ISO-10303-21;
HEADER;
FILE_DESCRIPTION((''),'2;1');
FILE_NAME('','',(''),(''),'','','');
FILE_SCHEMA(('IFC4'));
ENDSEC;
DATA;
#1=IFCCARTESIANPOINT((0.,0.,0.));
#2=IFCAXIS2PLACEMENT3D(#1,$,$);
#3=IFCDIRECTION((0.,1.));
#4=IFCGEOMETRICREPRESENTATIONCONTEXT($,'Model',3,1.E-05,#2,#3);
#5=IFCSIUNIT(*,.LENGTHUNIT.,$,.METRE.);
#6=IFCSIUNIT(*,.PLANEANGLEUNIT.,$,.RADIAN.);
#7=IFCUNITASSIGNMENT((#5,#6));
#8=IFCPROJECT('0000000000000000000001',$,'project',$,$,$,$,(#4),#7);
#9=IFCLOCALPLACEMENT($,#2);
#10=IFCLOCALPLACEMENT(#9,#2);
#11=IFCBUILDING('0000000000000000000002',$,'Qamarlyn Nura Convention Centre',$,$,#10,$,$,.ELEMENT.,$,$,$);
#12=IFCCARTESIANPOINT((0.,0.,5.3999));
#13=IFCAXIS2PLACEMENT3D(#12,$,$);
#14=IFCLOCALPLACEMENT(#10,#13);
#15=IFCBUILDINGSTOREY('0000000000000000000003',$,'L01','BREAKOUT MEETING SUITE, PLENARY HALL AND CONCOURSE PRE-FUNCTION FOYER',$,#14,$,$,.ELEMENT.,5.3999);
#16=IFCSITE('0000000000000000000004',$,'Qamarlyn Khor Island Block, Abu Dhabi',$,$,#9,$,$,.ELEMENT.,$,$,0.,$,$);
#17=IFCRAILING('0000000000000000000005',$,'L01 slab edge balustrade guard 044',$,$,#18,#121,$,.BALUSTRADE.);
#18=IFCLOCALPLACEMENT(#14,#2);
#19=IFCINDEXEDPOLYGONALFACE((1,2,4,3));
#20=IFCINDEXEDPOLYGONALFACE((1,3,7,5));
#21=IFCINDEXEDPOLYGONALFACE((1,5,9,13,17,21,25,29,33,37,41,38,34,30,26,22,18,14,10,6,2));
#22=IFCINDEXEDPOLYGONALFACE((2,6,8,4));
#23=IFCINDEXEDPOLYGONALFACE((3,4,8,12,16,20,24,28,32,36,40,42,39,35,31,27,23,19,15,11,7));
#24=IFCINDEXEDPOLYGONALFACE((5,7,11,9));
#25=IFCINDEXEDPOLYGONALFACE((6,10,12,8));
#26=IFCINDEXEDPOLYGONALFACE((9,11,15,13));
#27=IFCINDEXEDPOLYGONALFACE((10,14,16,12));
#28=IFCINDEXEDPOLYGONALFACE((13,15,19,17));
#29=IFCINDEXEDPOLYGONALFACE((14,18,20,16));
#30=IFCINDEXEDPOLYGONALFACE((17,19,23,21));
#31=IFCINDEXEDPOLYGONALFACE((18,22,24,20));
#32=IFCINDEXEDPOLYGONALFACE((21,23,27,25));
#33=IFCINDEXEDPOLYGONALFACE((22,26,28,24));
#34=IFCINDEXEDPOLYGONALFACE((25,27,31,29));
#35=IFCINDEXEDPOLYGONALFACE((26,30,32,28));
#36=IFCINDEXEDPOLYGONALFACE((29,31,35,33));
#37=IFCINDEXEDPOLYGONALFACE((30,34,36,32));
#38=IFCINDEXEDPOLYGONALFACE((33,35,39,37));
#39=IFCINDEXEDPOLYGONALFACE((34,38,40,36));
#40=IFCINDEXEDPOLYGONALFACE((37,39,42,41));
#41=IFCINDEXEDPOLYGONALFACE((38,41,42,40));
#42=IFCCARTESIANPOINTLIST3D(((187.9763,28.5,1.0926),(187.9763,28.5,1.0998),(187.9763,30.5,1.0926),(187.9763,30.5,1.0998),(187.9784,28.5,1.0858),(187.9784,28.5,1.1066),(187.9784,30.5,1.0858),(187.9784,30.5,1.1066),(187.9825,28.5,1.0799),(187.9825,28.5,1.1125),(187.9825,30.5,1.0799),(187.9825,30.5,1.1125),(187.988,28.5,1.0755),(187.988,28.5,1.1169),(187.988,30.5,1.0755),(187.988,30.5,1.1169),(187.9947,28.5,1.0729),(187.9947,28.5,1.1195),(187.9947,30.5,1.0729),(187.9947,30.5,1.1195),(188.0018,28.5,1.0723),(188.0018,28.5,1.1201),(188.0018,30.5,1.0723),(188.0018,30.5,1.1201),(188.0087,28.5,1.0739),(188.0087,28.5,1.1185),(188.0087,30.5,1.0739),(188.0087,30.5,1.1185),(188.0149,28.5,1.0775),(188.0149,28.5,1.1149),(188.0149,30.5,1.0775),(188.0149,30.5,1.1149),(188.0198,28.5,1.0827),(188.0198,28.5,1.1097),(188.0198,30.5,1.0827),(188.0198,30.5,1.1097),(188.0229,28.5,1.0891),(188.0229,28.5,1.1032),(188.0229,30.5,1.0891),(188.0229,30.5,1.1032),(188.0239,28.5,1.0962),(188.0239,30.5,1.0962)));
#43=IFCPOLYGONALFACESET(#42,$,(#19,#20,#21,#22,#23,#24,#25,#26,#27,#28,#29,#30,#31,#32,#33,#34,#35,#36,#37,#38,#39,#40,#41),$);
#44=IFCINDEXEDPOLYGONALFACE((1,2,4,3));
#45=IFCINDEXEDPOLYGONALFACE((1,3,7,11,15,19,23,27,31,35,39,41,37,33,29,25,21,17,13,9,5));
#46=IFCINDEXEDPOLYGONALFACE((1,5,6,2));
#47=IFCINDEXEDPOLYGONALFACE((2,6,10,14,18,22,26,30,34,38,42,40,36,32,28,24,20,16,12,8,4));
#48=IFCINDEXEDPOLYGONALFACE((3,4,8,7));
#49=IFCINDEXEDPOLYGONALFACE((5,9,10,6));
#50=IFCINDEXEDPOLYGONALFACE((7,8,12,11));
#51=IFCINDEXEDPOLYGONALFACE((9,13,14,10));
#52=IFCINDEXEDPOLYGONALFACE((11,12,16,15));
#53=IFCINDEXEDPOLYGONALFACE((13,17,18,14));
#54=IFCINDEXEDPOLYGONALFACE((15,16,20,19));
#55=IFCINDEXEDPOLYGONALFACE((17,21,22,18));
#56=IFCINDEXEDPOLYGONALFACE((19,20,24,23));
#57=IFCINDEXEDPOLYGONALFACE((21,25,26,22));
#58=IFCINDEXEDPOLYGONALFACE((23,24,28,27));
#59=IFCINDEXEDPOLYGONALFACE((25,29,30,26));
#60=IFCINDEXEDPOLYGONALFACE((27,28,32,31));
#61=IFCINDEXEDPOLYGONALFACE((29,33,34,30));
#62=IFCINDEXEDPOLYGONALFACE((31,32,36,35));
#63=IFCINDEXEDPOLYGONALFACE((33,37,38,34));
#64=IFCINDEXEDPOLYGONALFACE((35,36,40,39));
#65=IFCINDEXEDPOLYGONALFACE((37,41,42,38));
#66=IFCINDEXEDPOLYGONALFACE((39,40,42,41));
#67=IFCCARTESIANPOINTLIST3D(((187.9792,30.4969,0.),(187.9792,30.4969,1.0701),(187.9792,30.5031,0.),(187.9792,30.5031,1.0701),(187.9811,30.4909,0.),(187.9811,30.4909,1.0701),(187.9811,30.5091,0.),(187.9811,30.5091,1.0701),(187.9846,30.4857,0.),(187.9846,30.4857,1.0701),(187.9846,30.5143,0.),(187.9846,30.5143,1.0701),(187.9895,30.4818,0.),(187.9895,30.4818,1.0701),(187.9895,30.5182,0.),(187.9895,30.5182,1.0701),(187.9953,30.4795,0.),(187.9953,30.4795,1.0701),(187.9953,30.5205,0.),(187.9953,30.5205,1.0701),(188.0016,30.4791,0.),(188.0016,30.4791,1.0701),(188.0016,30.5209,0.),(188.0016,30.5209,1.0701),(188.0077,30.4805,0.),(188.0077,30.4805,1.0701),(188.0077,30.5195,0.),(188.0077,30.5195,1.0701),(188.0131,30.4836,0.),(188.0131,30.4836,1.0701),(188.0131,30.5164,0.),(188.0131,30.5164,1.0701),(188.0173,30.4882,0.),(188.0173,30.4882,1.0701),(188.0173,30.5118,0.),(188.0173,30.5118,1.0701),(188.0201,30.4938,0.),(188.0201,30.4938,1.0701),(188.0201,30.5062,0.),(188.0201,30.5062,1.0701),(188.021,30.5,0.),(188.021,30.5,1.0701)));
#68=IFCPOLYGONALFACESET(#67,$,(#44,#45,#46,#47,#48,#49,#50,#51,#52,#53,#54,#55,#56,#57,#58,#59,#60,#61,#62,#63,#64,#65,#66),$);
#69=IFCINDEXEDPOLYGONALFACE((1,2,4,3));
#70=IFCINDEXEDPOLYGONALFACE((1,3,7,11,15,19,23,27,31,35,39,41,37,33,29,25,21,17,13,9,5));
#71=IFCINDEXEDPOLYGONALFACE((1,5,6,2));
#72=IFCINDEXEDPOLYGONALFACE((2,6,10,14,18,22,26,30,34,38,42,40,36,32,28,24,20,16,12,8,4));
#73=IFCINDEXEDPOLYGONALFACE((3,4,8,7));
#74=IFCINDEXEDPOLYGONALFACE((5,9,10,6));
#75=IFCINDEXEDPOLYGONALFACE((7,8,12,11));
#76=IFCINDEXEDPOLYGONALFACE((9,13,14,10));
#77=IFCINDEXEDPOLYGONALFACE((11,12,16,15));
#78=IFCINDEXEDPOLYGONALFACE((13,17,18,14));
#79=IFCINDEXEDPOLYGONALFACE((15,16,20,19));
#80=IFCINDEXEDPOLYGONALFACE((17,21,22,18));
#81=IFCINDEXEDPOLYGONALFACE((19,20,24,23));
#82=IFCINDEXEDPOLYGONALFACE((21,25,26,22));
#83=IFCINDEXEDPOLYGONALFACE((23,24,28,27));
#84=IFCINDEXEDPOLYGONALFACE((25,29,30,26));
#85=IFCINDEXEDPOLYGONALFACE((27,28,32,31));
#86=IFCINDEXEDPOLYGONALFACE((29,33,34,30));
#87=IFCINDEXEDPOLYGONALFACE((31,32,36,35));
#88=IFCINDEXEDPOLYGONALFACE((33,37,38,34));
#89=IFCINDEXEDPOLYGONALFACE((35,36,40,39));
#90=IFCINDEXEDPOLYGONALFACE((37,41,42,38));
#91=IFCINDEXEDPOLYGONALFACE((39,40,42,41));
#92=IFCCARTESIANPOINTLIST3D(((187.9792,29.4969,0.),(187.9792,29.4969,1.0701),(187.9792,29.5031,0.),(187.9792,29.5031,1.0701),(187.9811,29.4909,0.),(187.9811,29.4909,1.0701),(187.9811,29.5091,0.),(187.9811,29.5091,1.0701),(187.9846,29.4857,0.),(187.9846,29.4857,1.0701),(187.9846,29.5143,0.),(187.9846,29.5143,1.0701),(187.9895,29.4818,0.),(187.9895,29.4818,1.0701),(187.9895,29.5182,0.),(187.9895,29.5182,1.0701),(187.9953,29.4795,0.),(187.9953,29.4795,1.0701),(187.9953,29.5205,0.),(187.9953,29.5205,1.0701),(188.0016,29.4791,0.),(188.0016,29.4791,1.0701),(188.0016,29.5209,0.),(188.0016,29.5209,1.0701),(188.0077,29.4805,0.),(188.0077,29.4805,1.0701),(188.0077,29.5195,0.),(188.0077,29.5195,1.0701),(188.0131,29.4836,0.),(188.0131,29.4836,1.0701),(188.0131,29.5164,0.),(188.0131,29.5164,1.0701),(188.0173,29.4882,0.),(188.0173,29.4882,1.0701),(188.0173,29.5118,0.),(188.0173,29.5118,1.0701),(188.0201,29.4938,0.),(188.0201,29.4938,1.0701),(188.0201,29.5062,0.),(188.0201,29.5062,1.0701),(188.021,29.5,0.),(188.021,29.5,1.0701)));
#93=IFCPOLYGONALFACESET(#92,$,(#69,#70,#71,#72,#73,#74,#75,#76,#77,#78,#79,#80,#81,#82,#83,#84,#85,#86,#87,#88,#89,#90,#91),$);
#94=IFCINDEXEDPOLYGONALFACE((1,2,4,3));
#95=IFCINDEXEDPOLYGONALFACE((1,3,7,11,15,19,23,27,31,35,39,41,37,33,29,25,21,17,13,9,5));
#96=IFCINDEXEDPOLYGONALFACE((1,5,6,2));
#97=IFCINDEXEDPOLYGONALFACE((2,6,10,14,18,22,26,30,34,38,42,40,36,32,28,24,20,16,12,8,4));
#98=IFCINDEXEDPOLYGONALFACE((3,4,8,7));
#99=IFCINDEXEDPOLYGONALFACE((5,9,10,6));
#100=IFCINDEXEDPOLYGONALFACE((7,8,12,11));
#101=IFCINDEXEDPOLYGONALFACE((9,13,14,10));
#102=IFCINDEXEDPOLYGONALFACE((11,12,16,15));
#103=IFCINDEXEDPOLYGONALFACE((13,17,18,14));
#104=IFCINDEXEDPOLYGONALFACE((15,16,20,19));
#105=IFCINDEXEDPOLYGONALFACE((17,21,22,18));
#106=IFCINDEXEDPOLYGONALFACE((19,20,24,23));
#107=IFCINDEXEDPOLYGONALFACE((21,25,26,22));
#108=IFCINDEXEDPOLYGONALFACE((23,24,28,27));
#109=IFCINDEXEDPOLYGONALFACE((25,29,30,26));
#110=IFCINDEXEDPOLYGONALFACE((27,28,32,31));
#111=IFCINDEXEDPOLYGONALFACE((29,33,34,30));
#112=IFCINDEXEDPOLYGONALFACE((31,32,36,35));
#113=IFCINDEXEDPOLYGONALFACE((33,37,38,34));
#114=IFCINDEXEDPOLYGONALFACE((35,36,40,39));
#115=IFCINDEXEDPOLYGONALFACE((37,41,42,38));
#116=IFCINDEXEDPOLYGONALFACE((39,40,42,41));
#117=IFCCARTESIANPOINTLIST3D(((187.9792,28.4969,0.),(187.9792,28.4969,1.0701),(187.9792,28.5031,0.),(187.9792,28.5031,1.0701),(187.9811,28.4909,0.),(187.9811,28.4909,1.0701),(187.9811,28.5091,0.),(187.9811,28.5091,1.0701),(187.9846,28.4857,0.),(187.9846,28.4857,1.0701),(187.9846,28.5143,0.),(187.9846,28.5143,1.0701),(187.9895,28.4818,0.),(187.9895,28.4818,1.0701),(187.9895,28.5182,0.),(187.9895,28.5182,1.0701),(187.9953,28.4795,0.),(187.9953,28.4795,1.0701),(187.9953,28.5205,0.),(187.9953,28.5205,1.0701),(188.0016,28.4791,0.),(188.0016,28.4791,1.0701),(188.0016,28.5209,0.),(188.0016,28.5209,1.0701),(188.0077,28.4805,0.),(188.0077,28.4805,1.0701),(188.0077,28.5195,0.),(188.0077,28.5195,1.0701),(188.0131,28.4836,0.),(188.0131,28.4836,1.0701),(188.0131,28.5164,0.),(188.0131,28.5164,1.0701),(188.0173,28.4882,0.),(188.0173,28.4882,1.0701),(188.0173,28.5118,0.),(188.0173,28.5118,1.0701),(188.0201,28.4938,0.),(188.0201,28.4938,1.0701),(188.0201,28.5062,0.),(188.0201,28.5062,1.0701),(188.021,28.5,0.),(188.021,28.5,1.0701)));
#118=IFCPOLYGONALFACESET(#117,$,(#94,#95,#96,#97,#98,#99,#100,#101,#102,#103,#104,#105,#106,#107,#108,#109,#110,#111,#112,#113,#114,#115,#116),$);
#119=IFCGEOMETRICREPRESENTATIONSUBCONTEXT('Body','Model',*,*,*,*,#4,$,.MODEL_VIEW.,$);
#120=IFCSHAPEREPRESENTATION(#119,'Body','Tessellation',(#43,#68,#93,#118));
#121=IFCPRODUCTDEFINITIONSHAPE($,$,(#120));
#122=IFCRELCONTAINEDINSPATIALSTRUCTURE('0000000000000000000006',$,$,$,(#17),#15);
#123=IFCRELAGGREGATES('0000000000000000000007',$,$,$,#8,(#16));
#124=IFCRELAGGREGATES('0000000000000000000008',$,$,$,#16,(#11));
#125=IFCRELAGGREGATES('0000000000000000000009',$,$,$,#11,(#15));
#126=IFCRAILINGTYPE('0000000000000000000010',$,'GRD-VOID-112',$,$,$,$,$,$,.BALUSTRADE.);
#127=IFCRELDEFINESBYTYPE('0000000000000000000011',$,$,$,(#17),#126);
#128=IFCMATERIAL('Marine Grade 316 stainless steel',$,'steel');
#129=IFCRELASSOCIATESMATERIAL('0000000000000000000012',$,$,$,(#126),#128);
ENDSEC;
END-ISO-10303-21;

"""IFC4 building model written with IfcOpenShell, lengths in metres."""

from ifc_helpers import new_model, si_unit, direction, frame, origin, origin_2d, place, context, subcontext, project, spatial, circle, extrude, material, type_object, element, save


model = new_model("IFC4")

# Units and contexts
model_context = context("Model", 3, precision=1e-05, world=origin(), true_north=direction((0.0, 1.0)))
body_context = subcontext(model_context, "Body", "Model", "MODEL_VIEW")
ifc_project = project(units=[si_unit("LENGTHUNIT", "METRE"), si_unit("PLANEANGLEUNIT", "RADIAN")], contexts=[model_context])

# Site, building, storey
site_placement = place(None, origin())
site = spatial("IfcSite", under=ifc_project, at=site_placement, Name="Qamarlyn Khor Island Block, Abu Dhabi", CompositionType="ELEMENT", RefElevation=0.0)
building_placement = place(site_placement, origin())
building = spatial("IfcBuilding", under=site, at=building_placement, Name="Qamarlyn Nura Convention Centre", CompositionType="ELEMENT")
storey_placement = place(building_placement, frame((0.0, 0.0, 5.3999)))
storey = spatial("IfcBuildingStorey", under=building, at=storey_placement, Name="L01", Description="BREAKOUT MEETING SUITE, PLENARY HALL AND CONCOURSE PRE-FUNCTION FOYER", CompositionType="ELEMENT", Elevation=5.3999)

# Railing
ifc_material_1 = material(Name="Marine Grade 316 stainless steel", Category="steel")
railing_type_1 = type_object("IfcRailingType", Name="GRD-VOID-112", PredefinedType="BALUSTRADE", material=ifc_material_1)
railing_1_placement = place(storey_placement, frame((188.0, 30.5, 0.0)))
element("IfcRailing", 1, at=railing_1_placement, inside=storey, type_object=railing_type_1, Name="L01 slab edge balustrade guard 044", PredefinedType="BALUSTRADE", context=body_context, shape_type="SweptSolid", body=[
    extrude(circle(Radius=0.0239, at=origin_2d()), frame((0.0, 0.0, 1.0962), z_axis=(0.0, -1.0, 0.0), x_axis=(1.0, 0.0, 0.0)), (0.0, 0.0, 1.0), 2.0),
    extrude(circle(Radius=0.021, at=origin_2d()), origin(), (0.0, 0.0, 1.0), 1.0701),
    extrude(circle(Radius=0.021, at=origin_2d()), frame((0.0, -1.0, 0.0)), (0.0, 0.0, 1.0), 1.0701),
    extrude(circle(Radius=0.021, at=origin_2d()), frame((0.0, -2.0, 0.0)), (0.0, 0.0, 1.0), 1.0701),
])

save(model, "model.ifc")
